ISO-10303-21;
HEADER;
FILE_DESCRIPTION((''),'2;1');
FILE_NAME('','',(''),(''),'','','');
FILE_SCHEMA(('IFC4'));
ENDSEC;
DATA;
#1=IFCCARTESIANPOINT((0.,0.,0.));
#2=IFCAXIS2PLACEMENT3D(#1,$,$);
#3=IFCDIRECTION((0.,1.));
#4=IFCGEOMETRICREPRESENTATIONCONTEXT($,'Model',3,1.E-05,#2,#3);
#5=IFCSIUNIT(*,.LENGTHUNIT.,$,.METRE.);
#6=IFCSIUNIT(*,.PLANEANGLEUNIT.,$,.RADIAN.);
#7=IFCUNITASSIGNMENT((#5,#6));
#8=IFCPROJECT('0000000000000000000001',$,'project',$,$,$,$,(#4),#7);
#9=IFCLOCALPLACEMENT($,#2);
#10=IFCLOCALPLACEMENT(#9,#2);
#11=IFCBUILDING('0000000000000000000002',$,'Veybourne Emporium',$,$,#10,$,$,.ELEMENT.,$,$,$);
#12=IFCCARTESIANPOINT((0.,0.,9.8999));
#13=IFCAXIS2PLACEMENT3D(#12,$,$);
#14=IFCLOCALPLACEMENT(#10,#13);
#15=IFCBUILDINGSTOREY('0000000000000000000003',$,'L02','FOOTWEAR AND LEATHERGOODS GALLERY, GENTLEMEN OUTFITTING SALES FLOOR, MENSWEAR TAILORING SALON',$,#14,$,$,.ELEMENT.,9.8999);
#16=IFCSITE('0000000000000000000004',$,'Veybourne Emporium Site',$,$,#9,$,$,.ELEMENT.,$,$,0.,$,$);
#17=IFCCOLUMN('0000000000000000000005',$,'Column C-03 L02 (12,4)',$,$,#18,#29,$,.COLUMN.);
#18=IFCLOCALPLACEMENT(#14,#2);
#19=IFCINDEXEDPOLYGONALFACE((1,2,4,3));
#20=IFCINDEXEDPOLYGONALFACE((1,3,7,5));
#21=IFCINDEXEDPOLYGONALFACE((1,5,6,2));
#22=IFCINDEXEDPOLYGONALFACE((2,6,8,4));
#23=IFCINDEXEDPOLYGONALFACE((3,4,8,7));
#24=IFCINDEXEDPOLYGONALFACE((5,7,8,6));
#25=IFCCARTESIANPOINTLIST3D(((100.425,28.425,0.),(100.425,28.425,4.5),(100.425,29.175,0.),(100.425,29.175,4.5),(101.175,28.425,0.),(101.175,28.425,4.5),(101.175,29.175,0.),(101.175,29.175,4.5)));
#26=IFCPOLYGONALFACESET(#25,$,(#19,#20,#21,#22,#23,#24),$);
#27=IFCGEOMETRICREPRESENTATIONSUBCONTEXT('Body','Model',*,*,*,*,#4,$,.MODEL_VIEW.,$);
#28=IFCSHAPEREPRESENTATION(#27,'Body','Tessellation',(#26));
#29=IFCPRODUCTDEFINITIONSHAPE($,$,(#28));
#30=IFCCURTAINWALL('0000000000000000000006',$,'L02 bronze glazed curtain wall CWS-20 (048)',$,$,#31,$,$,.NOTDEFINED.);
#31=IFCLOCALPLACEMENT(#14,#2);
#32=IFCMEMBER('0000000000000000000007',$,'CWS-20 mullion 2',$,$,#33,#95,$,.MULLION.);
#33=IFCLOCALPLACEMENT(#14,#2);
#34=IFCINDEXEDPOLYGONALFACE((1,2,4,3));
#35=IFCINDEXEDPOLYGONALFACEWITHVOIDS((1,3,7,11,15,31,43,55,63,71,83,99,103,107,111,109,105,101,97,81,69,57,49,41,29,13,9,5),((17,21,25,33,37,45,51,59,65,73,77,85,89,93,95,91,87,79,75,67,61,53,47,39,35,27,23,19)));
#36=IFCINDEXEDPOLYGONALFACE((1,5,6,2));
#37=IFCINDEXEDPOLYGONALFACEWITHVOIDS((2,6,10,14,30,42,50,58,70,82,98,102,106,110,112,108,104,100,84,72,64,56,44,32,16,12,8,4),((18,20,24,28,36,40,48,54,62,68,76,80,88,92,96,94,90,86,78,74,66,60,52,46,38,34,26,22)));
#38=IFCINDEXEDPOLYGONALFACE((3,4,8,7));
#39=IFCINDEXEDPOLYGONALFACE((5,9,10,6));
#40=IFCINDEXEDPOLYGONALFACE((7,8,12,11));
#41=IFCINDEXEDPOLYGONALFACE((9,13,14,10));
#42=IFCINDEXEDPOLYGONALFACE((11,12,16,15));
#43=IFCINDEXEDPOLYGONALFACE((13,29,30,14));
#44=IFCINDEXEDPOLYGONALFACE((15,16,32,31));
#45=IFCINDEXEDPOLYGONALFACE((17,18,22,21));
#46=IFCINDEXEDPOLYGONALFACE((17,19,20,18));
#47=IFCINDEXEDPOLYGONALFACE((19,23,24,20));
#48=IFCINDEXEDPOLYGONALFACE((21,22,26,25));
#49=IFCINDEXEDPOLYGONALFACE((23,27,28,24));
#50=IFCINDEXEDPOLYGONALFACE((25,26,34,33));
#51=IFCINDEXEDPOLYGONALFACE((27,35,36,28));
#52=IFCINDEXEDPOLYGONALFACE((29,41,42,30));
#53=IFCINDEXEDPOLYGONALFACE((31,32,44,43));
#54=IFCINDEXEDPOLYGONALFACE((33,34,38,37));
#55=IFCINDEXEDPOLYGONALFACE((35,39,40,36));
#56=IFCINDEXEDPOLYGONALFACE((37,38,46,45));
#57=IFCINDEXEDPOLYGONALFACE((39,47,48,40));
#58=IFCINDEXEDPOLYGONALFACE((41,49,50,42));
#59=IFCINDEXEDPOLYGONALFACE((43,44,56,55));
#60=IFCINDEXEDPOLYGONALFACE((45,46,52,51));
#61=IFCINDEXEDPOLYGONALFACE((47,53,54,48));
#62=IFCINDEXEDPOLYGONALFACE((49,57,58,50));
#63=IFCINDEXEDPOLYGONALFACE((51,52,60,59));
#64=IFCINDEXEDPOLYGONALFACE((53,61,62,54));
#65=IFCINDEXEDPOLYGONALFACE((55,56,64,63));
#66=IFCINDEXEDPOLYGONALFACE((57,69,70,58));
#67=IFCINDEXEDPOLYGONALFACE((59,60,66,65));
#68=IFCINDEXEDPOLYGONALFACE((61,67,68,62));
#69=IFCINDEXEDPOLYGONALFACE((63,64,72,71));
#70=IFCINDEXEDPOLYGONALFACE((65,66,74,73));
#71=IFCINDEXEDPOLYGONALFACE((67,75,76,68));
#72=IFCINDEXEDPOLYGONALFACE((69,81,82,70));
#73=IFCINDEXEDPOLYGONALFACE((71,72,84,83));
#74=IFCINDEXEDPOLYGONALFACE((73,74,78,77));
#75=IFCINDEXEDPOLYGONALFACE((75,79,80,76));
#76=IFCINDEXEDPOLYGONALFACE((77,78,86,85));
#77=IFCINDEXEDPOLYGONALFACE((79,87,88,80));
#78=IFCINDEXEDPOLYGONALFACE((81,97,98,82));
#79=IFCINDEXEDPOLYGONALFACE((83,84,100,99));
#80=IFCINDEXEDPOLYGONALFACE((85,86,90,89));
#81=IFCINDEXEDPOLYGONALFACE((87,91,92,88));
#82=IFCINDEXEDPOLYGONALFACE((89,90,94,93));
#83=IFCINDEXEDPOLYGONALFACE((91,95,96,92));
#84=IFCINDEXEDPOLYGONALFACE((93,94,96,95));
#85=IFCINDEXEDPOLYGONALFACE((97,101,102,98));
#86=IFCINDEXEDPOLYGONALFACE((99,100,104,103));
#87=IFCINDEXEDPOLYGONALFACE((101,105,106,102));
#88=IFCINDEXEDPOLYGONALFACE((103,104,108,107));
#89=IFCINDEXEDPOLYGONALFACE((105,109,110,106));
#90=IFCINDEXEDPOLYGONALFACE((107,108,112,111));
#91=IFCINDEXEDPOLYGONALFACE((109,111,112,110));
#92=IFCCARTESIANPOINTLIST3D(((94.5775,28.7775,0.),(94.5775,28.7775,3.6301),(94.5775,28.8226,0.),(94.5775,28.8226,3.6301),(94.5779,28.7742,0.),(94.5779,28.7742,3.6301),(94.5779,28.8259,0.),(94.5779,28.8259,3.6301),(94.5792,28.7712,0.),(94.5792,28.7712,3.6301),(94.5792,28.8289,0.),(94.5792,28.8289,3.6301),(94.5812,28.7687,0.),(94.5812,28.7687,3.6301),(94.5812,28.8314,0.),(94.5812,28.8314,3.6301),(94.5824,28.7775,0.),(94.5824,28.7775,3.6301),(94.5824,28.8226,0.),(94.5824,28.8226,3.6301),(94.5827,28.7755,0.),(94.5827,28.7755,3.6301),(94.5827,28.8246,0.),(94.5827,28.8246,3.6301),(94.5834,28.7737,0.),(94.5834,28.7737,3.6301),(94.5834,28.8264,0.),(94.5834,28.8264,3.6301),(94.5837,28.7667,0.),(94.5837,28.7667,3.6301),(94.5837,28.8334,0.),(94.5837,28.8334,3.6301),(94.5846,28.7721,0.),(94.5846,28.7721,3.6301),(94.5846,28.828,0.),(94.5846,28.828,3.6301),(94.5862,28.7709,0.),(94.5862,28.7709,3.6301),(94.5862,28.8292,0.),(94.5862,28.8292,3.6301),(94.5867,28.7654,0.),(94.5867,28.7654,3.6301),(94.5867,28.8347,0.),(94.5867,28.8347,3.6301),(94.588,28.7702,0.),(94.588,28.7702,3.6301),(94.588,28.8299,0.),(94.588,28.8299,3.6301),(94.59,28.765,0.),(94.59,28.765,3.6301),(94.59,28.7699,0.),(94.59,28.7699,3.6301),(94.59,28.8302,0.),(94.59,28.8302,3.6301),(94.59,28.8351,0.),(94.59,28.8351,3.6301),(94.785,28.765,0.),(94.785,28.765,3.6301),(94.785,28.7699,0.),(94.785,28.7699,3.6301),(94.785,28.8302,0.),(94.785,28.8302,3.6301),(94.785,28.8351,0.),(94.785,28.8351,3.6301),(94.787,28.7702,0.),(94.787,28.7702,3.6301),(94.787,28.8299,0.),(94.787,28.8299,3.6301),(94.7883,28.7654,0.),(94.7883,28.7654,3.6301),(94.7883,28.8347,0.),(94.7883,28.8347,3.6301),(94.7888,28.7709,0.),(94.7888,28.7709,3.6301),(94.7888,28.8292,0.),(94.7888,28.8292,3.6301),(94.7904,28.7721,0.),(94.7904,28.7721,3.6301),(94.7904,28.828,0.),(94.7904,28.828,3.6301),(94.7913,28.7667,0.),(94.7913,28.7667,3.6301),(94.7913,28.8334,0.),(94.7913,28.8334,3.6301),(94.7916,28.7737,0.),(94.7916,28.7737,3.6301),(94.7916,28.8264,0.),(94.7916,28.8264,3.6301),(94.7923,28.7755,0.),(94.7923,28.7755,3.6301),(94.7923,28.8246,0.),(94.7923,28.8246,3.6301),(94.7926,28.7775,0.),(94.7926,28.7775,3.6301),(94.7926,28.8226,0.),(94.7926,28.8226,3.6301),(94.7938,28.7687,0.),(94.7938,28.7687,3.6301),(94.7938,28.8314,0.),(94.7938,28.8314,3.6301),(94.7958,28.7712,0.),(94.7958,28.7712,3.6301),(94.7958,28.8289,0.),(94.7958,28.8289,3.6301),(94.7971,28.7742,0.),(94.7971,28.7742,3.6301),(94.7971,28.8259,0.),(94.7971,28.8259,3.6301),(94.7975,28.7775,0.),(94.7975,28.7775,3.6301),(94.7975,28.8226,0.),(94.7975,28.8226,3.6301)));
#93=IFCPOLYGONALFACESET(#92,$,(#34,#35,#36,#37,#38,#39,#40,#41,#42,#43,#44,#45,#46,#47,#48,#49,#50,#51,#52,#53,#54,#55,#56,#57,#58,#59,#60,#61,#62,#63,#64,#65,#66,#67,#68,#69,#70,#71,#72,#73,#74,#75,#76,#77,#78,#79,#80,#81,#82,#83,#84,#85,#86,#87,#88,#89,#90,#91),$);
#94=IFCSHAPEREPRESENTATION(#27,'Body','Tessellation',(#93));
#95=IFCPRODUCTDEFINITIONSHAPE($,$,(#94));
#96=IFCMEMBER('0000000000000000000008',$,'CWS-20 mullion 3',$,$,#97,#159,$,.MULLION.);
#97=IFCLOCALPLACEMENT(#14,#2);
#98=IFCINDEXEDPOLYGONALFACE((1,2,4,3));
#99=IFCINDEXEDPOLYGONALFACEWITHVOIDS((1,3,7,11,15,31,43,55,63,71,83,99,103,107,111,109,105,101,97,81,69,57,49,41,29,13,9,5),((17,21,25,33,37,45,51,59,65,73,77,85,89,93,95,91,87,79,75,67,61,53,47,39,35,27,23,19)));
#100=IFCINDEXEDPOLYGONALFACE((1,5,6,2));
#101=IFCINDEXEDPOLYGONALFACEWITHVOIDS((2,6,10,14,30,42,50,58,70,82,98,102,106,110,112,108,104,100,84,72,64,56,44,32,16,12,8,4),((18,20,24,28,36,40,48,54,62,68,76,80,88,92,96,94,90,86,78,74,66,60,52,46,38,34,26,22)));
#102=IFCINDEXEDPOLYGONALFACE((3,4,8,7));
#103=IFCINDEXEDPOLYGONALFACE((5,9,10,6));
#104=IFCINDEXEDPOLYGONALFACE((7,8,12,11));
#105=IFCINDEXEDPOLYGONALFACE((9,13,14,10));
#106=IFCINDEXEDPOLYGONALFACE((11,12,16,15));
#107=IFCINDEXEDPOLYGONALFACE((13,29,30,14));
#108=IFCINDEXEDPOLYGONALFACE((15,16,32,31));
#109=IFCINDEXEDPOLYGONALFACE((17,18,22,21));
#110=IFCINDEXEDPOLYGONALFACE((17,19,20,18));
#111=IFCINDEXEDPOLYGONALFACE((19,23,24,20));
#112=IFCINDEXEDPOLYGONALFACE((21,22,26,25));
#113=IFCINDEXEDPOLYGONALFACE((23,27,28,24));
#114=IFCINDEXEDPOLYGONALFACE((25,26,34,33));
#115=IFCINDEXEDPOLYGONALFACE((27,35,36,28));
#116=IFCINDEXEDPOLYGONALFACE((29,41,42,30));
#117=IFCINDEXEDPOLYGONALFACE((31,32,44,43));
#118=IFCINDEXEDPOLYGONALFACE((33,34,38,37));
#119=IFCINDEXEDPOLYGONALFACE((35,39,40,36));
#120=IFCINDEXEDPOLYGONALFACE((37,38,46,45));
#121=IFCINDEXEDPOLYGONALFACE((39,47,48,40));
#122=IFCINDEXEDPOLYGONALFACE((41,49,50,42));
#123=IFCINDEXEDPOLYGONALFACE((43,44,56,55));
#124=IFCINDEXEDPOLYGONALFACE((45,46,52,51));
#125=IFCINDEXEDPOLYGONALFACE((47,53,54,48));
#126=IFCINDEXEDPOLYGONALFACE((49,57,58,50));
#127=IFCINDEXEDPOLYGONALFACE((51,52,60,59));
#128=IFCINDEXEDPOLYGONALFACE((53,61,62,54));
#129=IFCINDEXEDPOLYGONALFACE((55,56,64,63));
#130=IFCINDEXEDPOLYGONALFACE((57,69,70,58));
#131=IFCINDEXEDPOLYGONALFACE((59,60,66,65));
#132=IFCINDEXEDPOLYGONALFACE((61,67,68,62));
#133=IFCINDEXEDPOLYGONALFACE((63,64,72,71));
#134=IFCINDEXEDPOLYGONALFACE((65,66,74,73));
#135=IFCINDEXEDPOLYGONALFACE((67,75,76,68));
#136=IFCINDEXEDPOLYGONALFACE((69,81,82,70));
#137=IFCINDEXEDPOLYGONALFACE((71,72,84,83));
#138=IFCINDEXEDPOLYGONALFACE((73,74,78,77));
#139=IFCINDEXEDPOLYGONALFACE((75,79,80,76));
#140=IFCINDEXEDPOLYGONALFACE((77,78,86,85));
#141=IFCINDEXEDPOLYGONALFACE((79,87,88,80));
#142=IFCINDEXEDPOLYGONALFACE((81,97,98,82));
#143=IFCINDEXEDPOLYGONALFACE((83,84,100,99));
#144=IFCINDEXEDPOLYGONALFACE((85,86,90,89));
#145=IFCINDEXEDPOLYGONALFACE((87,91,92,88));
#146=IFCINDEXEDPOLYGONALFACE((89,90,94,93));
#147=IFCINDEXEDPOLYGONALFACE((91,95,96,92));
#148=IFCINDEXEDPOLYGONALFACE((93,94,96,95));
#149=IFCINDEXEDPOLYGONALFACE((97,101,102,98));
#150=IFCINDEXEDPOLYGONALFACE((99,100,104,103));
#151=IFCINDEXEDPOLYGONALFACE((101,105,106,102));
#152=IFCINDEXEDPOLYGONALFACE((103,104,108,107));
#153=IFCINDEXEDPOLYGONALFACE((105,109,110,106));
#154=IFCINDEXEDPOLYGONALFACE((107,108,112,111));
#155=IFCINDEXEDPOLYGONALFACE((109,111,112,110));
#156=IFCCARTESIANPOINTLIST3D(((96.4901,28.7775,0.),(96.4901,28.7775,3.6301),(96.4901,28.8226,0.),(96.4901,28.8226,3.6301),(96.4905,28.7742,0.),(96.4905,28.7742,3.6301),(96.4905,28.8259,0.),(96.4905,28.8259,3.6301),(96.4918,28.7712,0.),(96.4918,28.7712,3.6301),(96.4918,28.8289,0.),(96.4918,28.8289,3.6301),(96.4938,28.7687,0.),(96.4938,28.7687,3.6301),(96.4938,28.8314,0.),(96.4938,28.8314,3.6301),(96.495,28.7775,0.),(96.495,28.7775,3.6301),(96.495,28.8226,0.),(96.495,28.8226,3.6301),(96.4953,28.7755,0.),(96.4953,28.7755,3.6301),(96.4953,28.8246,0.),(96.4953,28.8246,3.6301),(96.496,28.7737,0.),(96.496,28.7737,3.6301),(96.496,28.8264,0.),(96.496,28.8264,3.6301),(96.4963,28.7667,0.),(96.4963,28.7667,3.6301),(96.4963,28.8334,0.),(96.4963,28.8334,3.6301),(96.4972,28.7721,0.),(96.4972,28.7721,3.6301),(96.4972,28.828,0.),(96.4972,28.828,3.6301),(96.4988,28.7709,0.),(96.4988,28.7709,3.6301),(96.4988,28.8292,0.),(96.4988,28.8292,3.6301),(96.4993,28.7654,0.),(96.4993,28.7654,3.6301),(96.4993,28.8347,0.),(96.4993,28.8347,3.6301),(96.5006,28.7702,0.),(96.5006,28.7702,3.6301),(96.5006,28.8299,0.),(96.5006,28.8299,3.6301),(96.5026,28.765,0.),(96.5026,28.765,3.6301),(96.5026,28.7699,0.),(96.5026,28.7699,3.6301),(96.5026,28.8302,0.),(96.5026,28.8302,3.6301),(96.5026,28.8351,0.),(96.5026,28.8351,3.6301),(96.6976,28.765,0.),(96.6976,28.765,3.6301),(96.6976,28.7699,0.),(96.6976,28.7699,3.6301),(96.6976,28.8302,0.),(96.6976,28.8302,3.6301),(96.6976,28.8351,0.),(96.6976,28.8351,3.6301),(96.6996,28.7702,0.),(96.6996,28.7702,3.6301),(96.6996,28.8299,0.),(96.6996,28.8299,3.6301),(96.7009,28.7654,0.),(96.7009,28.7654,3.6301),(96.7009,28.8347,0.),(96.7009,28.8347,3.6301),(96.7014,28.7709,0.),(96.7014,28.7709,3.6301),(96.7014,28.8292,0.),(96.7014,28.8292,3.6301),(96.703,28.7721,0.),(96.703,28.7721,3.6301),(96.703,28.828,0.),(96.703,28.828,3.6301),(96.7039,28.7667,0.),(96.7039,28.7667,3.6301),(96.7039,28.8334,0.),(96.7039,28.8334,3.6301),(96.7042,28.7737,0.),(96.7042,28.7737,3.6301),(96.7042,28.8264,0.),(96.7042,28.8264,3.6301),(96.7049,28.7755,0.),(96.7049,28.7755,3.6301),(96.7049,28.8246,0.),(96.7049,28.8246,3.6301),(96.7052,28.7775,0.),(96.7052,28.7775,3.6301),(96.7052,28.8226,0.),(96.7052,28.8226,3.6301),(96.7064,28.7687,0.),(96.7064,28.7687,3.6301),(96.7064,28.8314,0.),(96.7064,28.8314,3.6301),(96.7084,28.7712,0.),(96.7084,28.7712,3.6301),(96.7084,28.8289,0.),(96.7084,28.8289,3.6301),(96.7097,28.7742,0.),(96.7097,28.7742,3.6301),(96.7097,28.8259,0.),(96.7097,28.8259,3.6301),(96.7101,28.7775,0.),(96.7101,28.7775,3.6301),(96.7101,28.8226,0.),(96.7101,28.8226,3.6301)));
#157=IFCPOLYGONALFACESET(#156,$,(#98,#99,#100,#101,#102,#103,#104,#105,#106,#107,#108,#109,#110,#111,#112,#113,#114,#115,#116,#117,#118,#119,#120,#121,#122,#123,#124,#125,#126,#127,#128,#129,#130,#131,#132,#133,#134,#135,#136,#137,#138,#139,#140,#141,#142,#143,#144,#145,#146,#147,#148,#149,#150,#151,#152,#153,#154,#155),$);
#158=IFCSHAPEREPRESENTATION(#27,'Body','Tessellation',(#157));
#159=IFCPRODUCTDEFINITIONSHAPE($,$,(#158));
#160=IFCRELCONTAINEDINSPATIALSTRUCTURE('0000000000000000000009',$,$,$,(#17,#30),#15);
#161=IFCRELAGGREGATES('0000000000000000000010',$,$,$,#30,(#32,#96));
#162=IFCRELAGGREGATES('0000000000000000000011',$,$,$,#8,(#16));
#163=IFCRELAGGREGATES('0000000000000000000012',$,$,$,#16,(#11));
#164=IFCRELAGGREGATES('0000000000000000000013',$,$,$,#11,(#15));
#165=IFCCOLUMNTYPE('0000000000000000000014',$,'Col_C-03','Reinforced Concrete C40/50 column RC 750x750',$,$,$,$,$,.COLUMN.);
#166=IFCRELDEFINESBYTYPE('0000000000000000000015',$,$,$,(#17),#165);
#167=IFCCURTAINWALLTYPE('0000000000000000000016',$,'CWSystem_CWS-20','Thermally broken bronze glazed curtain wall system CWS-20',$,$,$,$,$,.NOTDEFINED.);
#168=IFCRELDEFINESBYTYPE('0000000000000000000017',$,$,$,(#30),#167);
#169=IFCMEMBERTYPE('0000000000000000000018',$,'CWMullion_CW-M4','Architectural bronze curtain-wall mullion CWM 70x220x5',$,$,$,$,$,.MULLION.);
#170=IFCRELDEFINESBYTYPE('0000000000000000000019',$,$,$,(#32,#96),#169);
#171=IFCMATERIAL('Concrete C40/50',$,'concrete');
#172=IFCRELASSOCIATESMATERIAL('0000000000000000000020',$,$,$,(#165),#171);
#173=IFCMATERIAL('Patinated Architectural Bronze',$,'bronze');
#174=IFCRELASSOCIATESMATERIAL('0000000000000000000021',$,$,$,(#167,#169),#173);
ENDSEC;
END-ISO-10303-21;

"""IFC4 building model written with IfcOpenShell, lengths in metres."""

from ifc_helpers import new_model, si_unit, direction, frame, origin, origin_2d, place, context, subcontext, project, spatial, rectangle, hollow_rectangle, extrude, material, material_profile, profile_set, type_object, element, aggregate, save


model = new_model("IFC4")

# Units and contexts
model_context = context("Model", 3, precision=1e-05, world=origin(), true_north=direction((0.0, 1.0)))
body_context = subcontext(model_context, "Body", "Model", "MODEL_VIEW")
ifc_project = project(units=[si_unit("LENGTHUNIT", "METRE"), si_unit("PLANEANGLEUNIT", "RADIAN")], contexts=[model_context])

# Site, building, storey
site_placement = place(None, origin())
site = spatial("IfcSite", under=ifc_project, at=site_placement, Name="Veybourne Emporium Site", CompositionType="ELEMENT", RefElevation=0.0)
building_placement = place(site_placement, origin())
building = spatial("IfcBuilding", under=site, at=building_placement, Name="Veybourne Emporium", CompositionType="ELEMENT")
storey_placement = place(building_placement, frame((0.0, 0.0, 9.8999)))
storey = spatial("IfcBuildingStorey", under=building, at=storey_placement, Name="L02", Description="FOOTWEAR AND LEATHERGOODS GALLERY, GENTLEMEN OUTFITTING SALES FLOOR, MENSWEAR TAILORING SALON", CompositionType="ELEMENT", Elevation=9.8999)

# Column
ifc_material_1 = material(Name="Concrete C40/50", Category="concrete")
ifc_material_profile_1 = material_profile(ifc_material_1, rectangle(XDim=0.75, YDim=0.75, at=origin_2d()), Name="RC 750x750")
ifc_profile_set_1 = profile_set([ifc_material_profile_1], Name="Concrete C40/50")
column_type = type_object("IfcColumnType", Name="Col_C-03", Description="Reinforced Concrete C40/50 column RC 750x750", PredefinedType="COLUMN", material=ifc_profile_set_1)
column_placement = place(storey_placement, frame((100.8, 28.8, 0.0), z_axis=(0.0, 0.0, 1.0), x_axis=(1.0, 0.0, 0.0)))
element("IfcColumn", 1, at=column_placement, inside=storey, type_object=column_type, Name="Column C-03 L02 (12,4)", PredefinedType="COLUMN", context=body_context, shape_type="SweptSolid", body=[
    extrude(rectangle(XDim=0.75, YDim=0.75, at=origin_2d()), origin(), (0.0, 0.0, 1.0), 4.5),
])

# Curtain wall, members
ifc_material_2 = material(Name="Patinated Architectural Bronze", Category="bronze")
curtain_wall_type = type_object("IfcCurtainWallType", Name="CWSystem_CWS-20", Description="Thermally broken bronze glazed curtain wall system CWS-20", PredefinedType="NOTDEFINED", material=ifc_material_2)
curtain_wall_placement = place(storey_placement, origin())
curtain_wall = element("IfcCurtainWall", 2, at=curtain_wall_placement, inside=storey, type_object=curtain_wall_type, Name="L02 bronze glazed curtain wall CWS-20 (048)", PredefinedType="NOTDEFINED")
ifc_material_profile_2 = material_profile(ifc_material_2, hollow_rectangle(XDim=0.0701, YDim=0.22, WallThickness=0.0049, InnerFilletRadius=0.0076, OuterFilletRadius=0.0125, at=origin_2d()), Name="CWM 70x220x5")
ifc_profile_set_2 = profile_set([ifc_material_profile_2], Name="Patinated Architectural Bronze")
member_type_1 = type_object("IfcMemberType", Name="CWMullion_CW-M4", Description="Architectural bronze curtain-wall mullion CWM 70x220x5", PredefinedType="MULLION", material=ifc_profile_set_2)
member_1_placement = place(storey_placement, frame((94.6875, 28.8, 0.0), z_axis=(0.0, 0.0, 1.0), x_axis=(0.0, 1.0, 0.0)))
member_1 = element("IfcMember", 3, at=member_1_placement, type_object=member_type_1, Name="CWS-20 mullion 2", PredefinedType="MULLION", context=body_context, shape_type="SweptSolid", body=[
    extrude(hollow_rectangle(XDim=0.0701, YDim=0.22, WallThickness=0.0049, InnerFilletRadius=0.0076, OuterFilletRadius=0.0125, at=origin_2d()), origin(), (0.0, 0.0, 1.0), 3.6301),
])
member_2_placement = place(storey_placement, frame((96.6001, 28.8, 0.0), z_axis=(0.0, 0.0, 1.0), x_axis=(0.0, 1.0, 0.0)))
member_2 = element("IfcMember", 4, at=member_2_placement, type_object=member_type_1, Name="CWS-20 mullion 3", PredefinedType="MULLION", context=body_context, shape_type="SweptSolid", body=[
    extrude(hollow_rectangle(XDim=0.0701, YDim=0.22, WallThickness=0.0049, InnerFilletRadius=0.0076, OuterFilletRadius=0.0125, at=origin_2d()), origin(), (0.0, 0.0, 1.0), 3.6301),
])
aggregate(curtain_wall, [member_1, member_2])

save(model, "model.ifc")
